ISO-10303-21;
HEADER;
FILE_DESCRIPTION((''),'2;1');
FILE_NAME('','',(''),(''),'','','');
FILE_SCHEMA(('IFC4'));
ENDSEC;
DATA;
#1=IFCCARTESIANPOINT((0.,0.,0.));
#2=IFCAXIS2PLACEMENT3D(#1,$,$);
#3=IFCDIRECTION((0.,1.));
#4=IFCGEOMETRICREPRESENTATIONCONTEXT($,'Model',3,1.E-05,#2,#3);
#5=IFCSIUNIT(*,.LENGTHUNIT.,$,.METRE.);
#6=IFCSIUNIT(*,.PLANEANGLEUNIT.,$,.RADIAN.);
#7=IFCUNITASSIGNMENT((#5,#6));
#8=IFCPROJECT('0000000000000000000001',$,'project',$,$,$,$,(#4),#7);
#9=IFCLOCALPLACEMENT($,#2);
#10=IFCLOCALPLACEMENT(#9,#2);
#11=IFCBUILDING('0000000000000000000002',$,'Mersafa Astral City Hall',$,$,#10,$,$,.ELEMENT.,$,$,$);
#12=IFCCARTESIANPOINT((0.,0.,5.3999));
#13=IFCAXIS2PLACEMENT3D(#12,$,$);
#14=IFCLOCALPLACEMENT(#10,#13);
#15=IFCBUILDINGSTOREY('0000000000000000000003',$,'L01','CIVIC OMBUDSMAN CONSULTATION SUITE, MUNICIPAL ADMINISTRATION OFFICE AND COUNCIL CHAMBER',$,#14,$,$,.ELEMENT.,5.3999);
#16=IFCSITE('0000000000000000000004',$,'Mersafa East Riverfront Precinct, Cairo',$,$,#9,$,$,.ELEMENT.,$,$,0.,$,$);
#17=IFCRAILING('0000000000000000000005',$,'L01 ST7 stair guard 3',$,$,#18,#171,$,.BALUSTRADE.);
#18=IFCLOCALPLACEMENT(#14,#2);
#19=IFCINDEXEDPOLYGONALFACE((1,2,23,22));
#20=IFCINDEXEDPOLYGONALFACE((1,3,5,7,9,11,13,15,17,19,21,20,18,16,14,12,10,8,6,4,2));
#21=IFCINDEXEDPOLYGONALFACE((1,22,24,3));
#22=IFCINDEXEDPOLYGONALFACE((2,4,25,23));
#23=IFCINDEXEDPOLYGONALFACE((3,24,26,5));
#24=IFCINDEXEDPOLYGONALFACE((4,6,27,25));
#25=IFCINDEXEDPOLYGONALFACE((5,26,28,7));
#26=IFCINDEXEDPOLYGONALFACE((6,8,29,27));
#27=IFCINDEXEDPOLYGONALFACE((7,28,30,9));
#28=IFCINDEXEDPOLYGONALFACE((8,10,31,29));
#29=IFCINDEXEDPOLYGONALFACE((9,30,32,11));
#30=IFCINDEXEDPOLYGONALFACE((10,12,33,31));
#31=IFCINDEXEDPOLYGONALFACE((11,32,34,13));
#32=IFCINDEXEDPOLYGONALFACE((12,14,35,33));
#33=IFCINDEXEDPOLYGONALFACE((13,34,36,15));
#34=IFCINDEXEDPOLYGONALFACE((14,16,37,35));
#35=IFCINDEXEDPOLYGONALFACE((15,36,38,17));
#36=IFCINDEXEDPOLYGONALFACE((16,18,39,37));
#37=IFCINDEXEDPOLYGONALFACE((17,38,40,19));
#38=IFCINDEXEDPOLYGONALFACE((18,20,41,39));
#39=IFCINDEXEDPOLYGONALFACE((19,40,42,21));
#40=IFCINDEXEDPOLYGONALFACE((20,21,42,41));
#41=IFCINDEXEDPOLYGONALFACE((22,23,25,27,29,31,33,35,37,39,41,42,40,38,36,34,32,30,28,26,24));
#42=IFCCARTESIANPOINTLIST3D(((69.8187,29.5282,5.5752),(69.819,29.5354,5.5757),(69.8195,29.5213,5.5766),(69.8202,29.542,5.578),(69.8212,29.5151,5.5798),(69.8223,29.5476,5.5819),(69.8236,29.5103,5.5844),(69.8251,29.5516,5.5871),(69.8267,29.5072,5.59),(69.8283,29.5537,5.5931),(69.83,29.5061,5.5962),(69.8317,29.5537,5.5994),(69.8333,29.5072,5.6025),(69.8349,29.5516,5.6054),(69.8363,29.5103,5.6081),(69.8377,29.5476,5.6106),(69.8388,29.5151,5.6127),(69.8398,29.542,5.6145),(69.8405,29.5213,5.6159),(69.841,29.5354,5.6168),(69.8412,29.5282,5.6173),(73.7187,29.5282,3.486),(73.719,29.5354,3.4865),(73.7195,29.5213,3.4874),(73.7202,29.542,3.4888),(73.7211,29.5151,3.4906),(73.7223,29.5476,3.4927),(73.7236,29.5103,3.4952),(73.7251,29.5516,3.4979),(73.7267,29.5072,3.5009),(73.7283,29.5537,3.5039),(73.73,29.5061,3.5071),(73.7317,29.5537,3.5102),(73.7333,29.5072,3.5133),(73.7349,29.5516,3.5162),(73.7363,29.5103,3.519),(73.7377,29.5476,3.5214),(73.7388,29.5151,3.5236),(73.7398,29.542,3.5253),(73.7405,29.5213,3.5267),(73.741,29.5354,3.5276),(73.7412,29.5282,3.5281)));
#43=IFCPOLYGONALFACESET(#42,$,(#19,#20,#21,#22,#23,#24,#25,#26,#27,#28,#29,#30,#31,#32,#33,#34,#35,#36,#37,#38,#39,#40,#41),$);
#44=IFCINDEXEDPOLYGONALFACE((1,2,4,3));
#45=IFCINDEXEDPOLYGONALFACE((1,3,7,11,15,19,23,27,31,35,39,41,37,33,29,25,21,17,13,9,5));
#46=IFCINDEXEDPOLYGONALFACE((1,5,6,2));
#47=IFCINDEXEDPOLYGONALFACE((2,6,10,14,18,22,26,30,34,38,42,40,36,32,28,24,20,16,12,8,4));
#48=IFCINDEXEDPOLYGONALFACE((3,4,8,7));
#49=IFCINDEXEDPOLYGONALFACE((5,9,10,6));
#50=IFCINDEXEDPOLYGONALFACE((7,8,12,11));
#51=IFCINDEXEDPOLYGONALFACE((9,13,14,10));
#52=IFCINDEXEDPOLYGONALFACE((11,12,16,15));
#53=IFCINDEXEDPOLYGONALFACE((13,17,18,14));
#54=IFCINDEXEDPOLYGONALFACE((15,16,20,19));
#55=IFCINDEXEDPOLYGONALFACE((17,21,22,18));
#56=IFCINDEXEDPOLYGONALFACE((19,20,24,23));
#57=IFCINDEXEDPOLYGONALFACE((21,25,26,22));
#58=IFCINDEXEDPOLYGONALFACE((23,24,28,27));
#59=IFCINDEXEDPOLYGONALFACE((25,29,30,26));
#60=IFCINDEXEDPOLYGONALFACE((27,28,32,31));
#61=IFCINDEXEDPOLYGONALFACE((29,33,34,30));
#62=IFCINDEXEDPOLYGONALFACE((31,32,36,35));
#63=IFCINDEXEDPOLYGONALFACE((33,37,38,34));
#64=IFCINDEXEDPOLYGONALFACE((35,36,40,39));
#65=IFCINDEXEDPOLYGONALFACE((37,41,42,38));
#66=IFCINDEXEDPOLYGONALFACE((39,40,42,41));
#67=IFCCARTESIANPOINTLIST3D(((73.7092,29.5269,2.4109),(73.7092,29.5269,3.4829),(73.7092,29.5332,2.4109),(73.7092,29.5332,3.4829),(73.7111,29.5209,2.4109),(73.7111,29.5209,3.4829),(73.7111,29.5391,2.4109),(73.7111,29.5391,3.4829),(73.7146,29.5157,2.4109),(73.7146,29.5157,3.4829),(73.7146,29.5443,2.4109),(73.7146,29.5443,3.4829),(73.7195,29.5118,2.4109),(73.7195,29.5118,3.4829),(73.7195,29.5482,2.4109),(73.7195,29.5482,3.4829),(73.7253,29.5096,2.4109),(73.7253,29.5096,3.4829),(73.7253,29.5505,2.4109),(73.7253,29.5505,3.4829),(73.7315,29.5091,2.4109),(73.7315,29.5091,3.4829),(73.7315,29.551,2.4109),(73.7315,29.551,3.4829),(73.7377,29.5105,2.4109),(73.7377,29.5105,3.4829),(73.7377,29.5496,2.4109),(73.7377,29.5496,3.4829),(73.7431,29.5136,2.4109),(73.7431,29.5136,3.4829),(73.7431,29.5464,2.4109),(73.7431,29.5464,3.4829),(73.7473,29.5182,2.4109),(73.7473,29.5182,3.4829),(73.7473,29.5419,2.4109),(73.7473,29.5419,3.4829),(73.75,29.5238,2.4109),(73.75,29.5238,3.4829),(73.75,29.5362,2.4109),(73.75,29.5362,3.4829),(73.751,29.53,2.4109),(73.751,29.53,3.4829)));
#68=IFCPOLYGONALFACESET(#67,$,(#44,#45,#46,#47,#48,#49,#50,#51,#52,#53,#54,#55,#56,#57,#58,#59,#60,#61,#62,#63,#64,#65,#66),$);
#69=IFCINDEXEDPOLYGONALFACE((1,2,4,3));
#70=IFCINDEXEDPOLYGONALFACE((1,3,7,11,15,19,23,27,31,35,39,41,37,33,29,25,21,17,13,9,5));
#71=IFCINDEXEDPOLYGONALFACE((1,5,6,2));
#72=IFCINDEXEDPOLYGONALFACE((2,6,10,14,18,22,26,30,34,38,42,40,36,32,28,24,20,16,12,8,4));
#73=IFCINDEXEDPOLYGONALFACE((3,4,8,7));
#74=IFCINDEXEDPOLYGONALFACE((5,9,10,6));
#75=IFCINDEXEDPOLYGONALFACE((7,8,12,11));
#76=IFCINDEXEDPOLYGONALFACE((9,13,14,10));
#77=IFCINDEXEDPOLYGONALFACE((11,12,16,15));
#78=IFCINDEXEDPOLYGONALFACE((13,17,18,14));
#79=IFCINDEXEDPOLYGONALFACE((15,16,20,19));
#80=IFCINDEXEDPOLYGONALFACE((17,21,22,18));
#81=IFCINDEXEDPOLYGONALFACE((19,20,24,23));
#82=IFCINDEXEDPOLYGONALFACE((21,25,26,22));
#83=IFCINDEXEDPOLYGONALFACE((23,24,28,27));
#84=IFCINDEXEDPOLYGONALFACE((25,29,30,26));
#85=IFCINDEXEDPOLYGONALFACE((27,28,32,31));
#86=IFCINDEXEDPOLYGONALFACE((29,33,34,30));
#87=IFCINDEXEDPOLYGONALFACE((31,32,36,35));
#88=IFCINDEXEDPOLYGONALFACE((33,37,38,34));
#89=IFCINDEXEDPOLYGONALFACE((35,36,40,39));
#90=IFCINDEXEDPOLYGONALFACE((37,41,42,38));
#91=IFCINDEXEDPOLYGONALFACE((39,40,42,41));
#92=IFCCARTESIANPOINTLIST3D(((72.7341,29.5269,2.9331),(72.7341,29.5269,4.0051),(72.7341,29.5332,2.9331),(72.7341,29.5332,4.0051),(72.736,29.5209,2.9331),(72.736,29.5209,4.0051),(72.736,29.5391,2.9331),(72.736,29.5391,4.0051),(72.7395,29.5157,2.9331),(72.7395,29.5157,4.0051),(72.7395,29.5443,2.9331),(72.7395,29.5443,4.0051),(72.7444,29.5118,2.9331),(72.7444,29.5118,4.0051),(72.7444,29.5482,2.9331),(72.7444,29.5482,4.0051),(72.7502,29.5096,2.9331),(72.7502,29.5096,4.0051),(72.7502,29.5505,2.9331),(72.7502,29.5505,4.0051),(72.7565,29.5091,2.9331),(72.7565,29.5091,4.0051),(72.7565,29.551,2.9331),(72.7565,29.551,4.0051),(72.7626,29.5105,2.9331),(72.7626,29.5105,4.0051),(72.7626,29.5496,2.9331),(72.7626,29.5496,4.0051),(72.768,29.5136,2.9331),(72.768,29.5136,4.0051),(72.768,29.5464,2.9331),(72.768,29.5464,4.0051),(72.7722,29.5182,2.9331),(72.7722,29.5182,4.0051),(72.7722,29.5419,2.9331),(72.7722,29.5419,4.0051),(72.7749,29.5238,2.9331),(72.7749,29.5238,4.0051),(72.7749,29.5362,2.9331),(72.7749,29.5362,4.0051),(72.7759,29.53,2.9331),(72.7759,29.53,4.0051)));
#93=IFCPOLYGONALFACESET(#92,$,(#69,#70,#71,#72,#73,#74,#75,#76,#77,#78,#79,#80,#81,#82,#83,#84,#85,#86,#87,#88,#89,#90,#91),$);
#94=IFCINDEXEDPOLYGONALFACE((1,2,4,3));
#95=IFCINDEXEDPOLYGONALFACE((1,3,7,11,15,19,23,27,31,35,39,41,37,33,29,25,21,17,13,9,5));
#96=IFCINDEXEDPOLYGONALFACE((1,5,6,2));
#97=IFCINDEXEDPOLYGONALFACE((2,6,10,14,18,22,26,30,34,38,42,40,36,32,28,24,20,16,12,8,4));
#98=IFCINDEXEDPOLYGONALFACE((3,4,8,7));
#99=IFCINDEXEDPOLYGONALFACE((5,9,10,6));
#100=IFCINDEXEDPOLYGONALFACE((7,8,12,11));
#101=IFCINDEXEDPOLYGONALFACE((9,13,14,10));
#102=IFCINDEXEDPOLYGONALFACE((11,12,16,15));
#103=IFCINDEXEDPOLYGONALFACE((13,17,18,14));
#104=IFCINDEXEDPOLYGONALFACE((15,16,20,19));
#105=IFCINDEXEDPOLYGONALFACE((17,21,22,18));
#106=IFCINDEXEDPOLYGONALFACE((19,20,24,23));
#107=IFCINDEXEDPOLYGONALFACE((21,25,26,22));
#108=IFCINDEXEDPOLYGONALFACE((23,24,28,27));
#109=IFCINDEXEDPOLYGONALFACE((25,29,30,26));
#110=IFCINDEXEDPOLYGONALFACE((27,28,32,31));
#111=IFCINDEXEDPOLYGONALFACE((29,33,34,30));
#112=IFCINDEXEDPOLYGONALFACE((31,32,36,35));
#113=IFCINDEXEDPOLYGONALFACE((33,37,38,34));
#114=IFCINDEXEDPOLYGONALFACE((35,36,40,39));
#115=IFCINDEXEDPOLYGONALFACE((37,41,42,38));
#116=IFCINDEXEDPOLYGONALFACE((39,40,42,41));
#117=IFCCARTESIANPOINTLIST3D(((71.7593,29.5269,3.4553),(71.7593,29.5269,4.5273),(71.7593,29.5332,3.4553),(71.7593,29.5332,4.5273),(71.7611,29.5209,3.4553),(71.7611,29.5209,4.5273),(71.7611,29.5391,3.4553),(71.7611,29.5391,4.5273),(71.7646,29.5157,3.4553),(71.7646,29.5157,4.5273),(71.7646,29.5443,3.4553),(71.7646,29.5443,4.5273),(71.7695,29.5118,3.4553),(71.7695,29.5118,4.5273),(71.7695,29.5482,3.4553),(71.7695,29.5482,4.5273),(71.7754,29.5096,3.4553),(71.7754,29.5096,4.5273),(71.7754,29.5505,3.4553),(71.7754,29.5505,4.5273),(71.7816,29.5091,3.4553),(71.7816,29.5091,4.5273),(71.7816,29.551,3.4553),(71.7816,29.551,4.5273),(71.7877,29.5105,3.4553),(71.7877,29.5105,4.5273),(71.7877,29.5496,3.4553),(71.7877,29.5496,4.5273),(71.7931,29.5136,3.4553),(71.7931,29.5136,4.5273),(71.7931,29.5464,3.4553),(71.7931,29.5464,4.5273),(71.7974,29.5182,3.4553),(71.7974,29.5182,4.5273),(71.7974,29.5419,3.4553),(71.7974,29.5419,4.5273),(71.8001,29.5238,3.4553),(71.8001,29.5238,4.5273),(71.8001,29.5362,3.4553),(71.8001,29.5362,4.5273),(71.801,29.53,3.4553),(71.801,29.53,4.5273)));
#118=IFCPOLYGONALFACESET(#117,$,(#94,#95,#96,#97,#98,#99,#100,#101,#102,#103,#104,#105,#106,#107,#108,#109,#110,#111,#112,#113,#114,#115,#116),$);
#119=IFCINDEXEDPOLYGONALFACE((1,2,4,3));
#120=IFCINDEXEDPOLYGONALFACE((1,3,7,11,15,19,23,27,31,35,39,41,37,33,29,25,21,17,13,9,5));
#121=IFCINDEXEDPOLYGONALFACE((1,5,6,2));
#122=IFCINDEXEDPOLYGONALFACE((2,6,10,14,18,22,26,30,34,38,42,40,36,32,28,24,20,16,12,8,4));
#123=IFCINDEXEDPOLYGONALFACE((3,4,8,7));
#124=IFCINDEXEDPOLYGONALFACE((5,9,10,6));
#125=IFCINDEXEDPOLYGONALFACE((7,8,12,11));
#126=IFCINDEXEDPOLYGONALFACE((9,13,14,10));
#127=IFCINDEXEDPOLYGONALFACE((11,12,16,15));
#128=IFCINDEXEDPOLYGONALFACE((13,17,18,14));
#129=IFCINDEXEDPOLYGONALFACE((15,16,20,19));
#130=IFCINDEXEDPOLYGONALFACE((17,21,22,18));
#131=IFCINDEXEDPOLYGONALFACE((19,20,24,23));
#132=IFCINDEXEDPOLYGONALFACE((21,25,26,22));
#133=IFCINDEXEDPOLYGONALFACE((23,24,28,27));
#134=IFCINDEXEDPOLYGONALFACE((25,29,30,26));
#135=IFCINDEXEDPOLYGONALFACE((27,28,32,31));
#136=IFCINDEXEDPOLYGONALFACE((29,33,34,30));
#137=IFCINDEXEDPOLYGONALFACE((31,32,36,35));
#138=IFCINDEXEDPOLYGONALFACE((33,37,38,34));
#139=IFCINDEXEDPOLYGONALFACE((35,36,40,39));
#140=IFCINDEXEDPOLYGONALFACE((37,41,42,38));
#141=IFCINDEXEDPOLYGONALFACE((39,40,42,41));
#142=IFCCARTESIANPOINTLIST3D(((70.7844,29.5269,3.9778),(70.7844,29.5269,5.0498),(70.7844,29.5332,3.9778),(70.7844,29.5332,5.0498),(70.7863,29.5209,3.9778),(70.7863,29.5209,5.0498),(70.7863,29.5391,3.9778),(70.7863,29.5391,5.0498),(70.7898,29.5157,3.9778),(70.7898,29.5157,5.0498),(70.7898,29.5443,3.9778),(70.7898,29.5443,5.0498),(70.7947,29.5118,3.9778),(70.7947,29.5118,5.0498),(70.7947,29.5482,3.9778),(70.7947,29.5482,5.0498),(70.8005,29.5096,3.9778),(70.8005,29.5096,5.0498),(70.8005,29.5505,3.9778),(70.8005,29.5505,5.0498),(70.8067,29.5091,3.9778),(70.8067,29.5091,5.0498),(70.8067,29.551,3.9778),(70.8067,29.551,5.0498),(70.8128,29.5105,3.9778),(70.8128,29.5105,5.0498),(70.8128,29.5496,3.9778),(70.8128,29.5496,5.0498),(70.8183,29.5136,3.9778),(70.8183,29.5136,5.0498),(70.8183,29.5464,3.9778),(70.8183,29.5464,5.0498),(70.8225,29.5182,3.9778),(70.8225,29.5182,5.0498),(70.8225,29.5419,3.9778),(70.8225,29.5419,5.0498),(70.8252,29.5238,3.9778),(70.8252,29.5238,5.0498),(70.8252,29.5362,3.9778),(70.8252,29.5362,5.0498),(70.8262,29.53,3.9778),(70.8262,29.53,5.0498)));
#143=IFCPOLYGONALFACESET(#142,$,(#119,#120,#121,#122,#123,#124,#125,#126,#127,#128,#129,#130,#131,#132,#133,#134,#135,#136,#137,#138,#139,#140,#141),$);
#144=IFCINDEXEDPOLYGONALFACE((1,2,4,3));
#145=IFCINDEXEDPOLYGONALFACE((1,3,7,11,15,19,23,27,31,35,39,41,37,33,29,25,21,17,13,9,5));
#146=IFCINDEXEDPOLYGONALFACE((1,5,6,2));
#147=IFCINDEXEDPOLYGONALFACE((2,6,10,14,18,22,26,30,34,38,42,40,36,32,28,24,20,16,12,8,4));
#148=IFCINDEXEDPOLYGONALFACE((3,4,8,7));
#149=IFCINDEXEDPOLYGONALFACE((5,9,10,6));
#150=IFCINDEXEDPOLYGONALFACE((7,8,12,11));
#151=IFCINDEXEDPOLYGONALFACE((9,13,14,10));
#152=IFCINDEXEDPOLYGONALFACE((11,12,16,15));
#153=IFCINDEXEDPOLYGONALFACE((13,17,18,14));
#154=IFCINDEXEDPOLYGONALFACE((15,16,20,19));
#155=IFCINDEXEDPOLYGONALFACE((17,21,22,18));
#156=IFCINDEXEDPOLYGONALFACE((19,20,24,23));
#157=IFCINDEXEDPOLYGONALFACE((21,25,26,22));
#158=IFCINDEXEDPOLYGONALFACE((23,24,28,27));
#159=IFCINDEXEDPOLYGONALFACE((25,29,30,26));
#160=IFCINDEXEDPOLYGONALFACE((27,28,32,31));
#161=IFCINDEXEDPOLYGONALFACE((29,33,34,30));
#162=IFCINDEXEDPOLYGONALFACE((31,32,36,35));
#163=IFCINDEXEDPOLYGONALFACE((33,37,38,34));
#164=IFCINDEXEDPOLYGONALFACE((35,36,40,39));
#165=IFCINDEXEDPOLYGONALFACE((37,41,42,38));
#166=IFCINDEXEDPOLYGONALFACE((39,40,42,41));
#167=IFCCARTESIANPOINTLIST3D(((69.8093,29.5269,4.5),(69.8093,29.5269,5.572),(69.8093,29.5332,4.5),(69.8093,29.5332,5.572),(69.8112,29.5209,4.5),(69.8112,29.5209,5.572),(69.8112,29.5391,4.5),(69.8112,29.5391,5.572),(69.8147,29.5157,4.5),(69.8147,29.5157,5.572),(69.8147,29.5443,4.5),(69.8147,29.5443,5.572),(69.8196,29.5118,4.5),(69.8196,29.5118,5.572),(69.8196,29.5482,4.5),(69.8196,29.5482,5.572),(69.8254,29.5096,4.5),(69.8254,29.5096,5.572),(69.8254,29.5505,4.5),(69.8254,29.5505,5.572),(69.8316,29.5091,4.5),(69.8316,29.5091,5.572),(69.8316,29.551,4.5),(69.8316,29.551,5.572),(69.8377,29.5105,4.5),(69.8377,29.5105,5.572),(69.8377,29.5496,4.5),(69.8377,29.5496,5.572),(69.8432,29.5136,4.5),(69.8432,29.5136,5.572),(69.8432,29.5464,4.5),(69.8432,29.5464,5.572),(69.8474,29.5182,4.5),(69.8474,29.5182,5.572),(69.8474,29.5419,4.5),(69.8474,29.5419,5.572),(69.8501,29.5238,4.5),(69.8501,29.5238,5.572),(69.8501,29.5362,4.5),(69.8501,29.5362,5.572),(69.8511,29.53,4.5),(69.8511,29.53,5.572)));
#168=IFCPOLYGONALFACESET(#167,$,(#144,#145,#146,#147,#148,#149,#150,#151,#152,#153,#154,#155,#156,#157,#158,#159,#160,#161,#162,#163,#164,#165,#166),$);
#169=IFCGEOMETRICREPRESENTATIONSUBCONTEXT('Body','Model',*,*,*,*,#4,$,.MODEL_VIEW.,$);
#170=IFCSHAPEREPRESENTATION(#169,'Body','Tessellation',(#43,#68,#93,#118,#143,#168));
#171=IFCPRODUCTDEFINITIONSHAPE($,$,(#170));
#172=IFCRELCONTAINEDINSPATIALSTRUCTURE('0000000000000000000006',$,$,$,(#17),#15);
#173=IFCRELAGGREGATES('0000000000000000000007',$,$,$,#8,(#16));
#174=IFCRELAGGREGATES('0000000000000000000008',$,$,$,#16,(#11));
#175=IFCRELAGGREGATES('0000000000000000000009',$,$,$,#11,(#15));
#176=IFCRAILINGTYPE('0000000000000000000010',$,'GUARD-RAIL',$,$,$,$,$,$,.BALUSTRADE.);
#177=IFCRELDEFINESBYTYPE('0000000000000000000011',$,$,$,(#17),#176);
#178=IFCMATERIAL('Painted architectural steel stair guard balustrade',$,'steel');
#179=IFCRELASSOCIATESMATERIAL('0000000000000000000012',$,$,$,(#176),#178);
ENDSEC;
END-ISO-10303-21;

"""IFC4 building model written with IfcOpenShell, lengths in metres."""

from ifc_helpers import new_model, si_unit, direction, frame, origin, origin_2d, place, context, subcontext, project, spatial, circle, extrude, material, type_object, element, save


model = new_model("IFC4")

# Units and contexts
model_context = context("Model", 3, precision=1e-05, world=origin(), true_north=direction((0.0, 1.0)))
body_context = subcontext(model_context, "Body", "Model", "MODEL_VIEW")
ifc_project = project(units=[si_unit("LENGTHUNIT", "METRE"), si_unit("PLANEANGLEUNIT", "RADIAN")], contexts=[model_context])

# Site, building, storey
site_placement = place(None, origin())
site = spatial("IfcSite", under=ifc_project, at=site_placement, Name="Mersafa East Riverfront Precinct, Cairo", CompositionType="ELEMENT", RefElevation=0.0)
building_placement = place(site_placement, origin())
building = spatial("IfcBuilding", under=site, at=building_placement, Name="Mersafa Astral City Hall", CompositionType="ELEMENT")
storey_placement = place(building_placement, frame((0.0, 0.0, 5.3999)))
storey = spatial("IfcBuildingStorey", under=building, at=storey_placement, Name="L01", Description="CIVIC OMBUDSMAN CONSULTATION SUITE, MUNICIPAL ADMINISTRATION OFFICE AND COUNCIL CHAMBER", CompositionType="ELEMENT", Elevation=5.3999)

# Railing
ifc_material_1 = material(Name="Painted architectural steel stair guard balustrade", Category="steel")
railing_type_1 = type_object("IfcRailingType", Name="GUARD-RAIL", PredefinedType="BALUSTRADE", material=ifc_material_1)
railing_1_placement = place(storey_placement, frame((73.73, 29.53, 2.4109)))
element("IfcRailing", 1, at=railing_1_placement, inside=storey, type_object=railing_type_1, Name="L01 ST7 stair guard 3", PredefinedType="BALUSTRADE", context=body_context, shape_type="SweptSolid", body=[
    extrude(circle(Radius=0.0239, at=origin_2d()), frame((0.0, 0.0, 1.0962), z_axis=(-0.881491, 0.0, 0.4722), x_axis=(0.0, -1.0, 0.0)), (0.0, 0.0, 1.0), 4.4243),
    extrude(circle(Radius=0.021, at=origin_2d()), origin(), (0.0, 0.0, 1.0), 1.072),
    extrude(circle(Radius=0.021, at=origin_2d()), frame((-0.9751, 0.0, 0.5222)), (0.0, 0.0, 1.0), 1.072),
    extrude(circle(Radius=0.021, at=origin_2d()), frame((-1.95, 0.0, 1.0444)), (0.0, 0.0, 1.0), 1.072),
    extrude(circle(Radius=0.021, at=origin_2d()), frame((-2.9248, 0.0, 1.5669)), (0.0, 0.0, 1.0), 1.072),
    extrude(circle(Radius=0.021, at=origin_2d()), frame((-3.8999, 0.0, 2.0891)), (0.0, 0.0, 1.0), 1.072),
])

save(model, "model.ifc")
